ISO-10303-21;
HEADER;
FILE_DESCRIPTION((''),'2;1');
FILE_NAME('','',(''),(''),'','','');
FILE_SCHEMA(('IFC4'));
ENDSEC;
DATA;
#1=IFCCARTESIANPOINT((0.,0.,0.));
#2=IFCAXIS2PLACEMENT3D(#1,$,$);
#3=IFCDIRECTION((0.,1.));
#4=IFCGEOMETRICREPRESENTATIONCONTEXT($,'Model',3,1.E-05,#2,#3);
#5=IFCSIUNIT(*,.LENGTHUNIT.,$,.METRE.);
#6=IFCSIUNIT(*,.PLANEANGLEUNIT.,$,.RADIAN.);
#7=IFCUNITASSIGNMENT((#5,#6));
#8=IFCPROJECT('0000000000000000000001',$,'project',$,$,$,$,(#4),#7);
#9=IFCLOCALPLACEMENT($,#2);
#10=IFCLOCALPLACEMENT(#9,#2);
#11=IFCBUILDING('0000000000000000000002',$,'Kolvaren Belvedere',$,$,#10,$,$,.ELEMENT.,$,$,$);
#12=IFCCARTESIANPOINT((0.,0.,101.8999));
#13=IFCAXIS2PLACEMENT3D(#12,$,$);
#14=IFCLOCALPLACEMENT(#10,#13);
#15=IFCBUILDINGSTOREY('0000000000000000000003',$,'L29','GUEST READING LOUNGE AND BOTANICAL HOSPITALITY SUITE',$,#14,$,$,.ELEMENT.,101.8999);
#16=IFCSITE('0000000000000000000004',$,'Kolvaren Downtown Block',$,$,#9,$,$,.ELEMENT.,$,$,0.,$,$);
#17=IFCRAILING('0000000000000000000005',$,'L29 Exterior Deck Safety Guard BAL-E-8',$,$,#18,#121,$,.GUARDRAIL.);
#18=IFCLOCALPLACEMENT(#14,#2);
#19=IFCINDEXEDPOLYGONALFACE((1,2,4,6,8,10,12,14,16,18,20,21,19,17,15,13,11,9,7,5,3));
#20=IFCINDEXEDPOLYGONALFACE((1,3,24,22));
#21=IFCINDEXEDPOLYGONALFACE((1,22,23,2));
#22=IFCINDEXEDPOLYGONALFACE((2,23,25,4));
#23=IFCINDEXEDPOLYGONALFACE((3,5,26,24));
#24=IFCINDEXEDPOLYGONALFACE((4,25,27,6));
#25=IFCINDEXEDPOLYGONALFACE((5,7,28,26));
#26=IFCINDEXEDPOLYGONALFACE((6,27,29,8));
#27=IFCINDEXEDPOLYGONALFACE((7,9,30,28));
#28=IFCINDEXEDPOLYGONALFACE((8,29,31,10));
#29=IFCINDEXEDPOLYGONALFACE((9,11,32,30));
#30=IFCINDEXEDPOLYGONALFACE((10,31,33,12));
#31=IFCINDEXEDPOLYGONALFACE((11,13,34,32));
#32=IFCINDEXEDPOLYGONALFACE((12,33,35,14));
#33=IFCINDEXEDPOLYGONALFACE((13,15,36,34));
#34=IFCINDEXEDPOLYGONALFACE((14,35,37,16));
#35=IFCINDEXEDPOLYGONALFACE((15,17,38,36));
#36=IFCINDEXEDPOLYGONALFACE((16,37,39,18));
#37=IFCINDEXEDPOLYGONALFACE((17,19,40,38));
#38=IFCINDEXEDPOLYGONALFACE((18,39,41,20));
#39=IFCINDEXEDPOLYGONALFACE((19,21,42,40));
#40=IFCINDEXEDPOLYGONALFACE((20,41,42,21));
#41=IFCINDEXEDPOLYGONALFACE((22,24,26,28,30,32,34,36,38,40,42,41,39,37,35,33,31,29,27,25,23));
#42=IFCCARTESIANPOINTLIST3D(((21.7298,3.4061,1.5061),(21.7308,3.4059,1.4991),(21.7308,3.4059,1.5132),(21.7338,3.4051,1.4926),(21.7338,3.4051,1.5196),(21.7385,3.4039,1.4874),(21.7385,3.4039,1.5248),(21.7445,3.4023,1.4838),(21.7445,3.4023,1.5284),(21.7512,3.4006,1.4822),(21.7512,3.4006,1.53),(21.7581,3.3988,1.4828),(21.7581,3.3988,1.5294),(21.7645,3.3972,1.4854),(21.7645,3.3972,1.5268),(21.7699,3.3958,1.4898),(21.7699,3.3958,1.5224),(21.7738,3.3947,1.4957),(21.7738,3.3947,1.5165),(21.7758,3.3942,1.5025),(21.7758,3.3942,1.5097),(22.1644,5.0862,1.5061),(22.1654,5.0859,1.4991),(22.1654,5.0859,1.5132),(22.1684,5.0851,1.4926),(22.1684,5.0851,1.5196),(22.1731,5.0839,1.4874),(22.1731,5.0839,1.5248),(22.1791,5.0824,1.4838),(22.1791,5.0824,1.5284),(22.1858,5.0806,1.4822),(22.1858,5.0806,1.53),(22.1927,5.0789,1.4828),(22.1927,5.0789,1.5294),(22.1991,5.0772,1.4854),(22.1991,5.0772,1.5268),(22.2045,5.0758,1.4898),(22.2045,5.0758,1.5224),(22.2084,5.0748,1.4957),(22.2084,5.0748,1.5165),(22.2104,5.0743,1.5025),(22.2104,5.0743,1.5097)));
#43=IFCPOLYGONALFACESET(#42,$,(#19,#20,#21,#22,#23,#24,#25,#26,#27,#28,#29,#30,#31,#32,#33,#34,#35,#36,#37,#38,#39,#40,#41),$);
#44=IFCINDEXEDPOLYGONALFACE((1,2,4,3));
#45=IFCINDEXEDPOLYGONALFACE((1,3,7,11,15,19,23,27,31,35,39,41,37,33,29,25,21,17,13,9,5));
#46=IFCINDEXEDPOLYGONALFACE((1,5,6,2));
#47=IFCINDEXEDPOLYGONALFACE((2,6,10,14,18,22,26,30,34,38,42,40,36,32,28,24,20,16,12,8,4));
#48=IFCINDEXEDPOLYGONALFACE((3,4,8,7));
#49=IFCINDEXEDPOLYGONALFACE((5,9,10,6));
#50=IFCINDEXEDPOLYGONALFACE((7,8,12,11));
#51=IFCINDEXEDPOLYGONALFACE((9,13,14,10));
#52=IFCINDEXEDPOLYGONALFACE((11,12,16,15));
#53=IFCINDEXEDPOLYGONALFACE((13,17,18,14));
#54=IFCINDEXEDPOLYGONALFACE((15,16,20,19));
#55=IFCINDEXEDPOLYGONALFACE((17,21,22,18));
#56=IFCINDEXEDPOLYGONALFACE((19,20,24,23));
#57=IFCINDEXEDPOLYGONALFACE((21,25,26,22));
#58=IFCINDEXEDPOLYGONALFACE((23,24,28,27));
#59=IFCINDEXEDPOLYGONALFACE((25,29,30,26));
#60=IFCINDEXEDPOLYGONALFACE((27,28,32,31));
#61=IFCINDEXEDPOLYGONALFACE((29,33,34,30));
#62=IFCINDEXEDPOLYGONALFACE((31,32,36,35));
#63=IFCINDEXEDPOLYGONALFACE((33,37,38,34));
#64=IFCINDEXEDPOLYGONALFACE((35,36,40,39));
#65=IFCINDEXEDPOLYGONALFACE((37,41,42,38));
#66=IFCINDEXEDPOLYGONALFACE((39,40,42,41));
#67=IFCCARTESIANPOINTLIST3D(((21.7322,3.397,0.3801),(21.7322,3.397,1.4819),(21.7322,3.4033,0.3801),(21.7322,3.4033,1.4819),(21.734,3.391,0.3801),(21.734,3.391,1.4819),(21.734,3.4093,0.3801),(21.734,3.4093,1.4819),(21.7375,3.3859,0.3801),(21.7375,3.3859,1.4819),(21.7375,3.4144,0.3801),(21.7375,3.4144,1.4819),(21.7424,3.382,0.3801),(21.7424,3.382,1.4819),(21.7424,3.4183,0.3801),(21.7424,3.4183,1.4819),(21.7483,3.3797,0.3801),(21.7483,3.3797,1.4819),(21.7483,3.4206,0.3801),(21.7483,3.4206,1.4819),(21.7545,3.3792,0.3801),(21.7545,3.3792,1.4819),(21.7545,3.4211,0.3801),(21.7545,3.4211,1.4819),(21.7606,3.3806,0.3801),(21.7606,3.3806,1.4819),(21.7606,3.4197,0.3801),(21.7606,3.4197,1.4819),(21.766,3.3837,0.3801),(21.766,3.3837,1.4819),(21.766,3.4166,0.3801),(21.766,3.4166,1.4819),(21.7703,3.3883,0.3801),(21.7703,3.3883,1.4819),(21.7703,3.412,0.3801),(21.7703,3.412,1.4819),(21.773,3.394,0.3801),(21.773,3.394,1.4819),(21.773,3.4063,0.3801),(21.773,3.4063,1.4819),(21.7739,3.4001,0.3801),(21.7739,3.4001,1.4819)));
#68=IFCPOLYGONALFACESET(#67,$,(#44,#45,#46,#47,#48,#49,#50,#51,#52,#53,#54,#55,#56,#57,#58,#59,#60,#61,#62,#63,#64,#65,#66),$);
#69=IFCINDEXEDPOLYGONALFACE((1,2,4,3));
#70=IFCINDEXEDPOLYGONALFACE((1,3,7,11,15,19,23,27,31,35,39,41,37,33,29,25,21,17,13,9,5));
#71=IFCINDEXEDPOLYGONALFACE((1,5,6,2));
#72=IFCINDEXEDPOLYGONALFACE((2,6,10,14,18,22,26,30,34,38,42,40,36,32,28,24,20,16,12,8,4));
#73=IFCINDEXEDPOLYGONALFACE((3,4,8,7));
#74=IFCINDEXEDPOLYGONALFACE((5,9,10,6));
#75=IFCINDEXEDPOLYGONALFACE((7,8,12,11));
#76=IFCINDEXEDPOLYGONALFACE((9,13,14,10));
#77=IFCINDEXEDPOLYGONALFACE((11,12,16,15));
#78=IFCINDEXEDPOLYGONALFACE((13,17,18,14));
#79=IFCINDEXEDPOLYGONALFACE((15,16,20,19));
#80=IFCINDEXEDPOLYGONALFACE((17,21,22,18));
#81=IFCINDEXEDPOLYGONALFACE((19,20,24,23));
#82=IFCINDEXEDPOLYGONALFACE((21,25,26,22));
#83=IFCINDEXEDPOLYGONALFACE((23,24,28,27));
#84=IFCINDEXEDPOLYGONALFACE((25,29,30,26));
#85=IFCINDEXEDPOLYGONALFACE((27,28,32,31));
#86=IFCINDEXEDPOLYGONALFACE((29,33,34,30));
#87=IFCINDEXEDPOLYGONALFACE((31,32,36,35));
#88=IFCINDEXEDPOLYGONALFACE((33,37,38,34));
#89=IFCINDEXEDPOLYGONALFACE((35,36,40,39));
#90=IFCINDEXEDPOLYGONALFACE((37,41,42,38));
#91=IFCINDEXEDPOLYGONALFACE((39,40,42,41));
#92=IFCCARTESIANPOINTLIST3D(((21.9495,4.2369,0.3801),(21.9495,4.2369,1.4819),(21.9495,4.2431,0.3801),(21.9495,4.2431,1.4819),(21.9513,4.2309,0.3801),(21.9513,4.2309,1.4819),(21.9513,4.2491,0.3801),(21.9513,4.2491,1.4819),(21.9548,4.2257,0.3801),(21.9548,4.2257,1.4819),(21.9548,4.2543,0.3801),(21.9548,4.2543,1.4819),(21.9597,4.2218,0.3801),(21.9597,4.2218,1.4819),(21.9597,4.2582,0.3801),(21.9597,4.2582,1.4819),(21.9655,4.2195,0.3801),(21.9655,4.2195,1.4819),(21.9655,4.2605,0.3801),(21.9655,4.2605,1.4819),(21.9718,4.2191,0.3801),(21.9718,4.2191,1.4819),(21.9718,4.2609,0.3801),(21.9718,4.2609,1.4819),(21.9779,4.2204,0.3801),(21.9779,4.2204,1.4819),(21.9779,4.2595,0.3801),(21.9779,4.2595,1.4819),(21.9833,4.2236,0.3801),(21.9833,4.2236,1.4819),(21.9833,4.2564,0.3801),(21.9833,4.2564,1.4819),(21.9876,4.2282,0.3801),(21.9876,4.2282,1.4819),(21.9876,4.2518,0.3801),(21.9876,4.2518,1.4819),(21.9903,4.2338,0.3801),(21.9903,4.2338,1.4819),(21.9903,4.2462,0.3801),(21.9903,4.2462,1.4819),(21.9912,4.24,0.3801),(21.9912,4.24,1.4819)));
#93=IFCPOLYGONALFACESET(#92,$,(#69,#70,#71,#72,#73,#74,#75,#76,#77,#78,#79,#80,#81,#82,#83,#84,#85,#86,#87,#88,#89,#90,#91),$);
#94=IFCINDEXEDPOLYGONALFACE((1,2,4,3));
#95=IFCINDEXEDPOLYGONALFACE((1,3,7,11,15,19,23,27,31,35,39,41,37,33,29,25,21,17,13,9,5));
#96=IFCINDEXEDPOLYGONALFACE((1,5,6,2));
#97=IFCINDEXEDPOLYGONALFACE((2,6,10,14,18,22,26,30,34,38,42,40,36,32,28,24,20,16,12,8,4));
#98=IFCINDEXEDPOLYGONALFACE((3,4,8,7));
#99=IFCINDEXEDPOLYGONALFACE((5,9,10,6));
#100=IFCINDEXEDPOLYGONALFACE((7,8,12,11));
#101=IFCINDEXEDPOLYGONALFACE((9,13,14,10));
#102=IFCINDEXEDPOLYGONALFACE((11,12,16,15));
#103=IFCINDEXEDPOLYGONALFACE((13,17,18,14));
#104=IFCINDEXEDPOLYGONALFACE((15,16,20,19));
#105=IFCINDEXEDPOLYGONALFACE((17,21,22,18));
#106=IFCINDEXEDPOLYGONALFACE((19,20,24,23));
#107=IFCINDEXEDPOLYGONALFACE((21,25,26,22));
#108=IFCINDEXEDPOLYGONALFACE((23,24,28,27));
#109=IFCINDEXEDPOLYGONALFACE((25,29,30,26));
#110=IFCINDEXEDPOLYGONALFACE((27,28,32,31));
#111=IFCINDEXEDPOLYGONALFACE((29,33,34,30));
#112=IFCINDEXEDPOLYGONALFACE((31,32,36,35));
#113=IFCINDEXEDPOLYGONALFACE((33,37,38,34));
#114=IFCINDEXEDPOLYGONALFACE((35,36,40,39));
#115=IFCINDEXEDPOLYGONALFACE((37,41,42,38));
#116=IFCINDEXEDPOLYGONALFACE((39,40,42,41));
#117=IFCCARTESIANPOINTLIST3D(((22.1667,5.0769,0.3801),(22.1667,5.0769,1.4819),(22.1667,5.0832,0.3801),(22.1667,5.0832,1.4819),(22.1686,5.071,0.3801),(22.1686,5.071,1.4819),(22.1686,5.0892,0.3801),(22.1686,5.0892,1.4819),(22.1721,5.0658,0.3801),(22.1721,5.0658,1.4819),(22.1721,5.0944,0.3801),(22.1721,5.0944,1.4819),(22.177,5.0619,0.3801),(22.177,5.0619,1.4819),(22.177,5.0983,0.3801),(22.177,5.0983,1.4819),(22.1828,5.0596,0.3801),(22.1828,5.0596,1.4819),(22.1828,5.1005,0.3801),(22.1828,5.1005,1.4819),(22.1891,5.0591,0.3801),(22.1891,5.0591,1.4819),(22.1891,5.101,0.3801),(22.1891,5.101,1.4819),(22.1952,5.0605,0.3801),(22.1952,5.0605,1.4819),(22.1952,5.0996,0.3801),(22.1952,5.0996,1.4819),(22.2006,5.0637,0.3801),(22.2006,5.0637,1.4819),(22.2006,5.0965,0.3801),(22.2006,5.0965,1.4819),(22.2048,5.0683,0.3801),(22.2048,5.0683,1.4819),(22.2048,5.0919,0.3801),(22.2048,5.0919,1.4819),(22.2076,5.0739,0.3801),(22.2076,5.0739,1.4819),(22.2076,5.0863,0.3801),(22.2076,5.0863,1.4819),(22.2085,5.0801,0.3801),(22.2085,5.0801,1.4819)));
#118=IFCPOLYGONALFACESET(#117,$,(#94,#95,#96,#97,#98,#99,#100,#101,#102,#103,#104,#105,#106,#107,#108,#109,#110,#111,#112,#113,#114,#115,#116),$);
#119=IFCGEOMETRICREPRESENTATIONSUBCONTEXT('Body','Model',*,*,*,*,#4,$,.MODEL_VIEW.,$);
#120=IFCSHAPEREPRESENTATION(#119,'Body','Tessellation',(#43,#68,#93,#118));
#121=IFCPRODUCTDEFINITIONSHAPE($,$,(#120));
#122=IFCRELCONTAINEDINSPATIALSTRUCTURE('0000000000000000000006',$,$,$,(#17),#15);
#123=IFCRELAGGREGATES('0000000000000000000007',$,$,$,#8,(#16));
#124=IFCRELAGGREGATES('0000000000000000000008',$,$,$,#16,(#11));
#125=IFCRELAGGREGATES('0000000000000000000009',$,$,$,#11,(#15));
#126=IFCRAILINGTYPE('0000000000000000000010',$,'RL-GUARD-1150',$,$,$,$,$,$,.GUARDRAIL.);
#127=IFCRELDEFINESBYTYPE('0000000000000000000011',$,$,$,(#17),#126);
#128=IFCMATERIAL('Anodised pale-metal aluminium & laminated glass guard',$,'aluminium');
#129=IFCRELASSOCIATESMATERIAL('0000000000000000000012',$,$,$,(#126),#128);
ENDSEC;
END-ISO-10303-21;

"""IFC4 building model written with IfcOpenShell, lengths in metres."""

from ifc_helpers import new_model, si_unit, direction, frame, origin, origin_2d, place, context, subcontext, project, spatial, circle, extrude, material, type_object, element, save


model = new_model("IFC4")

# Units and contexts
model_context = context("Model", 3, precision=1e-05, world=origin(), true_north=direction((0.0, 1.0)))
body_context = subcontext(model_context, "Body", "Model", "MODEL_VIEW")
ifc_project = project(units=[si_unit("LENGTHUNIT", "METRE"), si_unit("PLANEANGLEUNIT", "RADIAN")], contexts=[model_context])

# Site, building, storey
site_placement = place(None, origin())
site = spatial("IfcSite", under=ifc_project, at=site_placement, Name="Kolvaren Downtown Block", CompositionType="ELEMENT", RefElevation=0.0)
building_placement = place(site_placement, origin())
building = spatial("IfcBuilding", under=site, at=building_placement, Name="Kolvaren Belvedere", CompositionType="ELEMENT")
storey_placement = place(building_placement, frame((0.0, 0.0, 101.8999)))
storey = spatial("IfcBuildingStorey", under=building, at=storey_placement, Name="L29", Description="GUEST READING LOUNGE AND BOTANICAL HOSPITALITY SUITE", CompositionType="ELEMENT", Elevation=101.8999)

# Railing
ifc_material_1 = material(Name="Anodised pale-metal aluminium & laminated glass guard", Category="aluminium")
railing_type = type_object("IfcRailingType", Name="RL-GUARD-1150", PredefinedType="GUARDRAIL", material=ifc_material_1)
railing_1_placement = place(storey_placement, frame((21.7529, 3.4001, 0.3801)))
element("IfcRailing", 1, at=railing_1_placement, inside=storey, type_object=railing_type, Name="L29 Exterior Deck Safety Guard BAL-E-8", PredefinedType="GUARDRAIL", context=body_context, shape_type="SweptSolid", body=[
    extrude(circle(Radius=0.0239, at=origin_2d()), frame((0.0, 0.0, 1.126), z_axis=(0.25044, 0.968132, 0.0), x_axis=(-0.968132, 0.25044, 0.0)), (0.0, 0.0, 1.0), 1.7354),
    extrude(circle(Radius=0.021, at=origin_2d()), origin(), (0.0, 0.0, 1.0), 1.1018),
    extrude(circle(Radius=0.021, at=origin_2d()), frame((0.2173, 0.8398, 0.0)), (0.0, 0.0, 1.0), 1.1018),
    extrude(circle(Radius=0.021, at=origin_2d()), frame((0.4346, 1.6799, 0.0)), (0.0, 0.0, 1.0), 1.1018),
])

save(model, "model.ifc")
